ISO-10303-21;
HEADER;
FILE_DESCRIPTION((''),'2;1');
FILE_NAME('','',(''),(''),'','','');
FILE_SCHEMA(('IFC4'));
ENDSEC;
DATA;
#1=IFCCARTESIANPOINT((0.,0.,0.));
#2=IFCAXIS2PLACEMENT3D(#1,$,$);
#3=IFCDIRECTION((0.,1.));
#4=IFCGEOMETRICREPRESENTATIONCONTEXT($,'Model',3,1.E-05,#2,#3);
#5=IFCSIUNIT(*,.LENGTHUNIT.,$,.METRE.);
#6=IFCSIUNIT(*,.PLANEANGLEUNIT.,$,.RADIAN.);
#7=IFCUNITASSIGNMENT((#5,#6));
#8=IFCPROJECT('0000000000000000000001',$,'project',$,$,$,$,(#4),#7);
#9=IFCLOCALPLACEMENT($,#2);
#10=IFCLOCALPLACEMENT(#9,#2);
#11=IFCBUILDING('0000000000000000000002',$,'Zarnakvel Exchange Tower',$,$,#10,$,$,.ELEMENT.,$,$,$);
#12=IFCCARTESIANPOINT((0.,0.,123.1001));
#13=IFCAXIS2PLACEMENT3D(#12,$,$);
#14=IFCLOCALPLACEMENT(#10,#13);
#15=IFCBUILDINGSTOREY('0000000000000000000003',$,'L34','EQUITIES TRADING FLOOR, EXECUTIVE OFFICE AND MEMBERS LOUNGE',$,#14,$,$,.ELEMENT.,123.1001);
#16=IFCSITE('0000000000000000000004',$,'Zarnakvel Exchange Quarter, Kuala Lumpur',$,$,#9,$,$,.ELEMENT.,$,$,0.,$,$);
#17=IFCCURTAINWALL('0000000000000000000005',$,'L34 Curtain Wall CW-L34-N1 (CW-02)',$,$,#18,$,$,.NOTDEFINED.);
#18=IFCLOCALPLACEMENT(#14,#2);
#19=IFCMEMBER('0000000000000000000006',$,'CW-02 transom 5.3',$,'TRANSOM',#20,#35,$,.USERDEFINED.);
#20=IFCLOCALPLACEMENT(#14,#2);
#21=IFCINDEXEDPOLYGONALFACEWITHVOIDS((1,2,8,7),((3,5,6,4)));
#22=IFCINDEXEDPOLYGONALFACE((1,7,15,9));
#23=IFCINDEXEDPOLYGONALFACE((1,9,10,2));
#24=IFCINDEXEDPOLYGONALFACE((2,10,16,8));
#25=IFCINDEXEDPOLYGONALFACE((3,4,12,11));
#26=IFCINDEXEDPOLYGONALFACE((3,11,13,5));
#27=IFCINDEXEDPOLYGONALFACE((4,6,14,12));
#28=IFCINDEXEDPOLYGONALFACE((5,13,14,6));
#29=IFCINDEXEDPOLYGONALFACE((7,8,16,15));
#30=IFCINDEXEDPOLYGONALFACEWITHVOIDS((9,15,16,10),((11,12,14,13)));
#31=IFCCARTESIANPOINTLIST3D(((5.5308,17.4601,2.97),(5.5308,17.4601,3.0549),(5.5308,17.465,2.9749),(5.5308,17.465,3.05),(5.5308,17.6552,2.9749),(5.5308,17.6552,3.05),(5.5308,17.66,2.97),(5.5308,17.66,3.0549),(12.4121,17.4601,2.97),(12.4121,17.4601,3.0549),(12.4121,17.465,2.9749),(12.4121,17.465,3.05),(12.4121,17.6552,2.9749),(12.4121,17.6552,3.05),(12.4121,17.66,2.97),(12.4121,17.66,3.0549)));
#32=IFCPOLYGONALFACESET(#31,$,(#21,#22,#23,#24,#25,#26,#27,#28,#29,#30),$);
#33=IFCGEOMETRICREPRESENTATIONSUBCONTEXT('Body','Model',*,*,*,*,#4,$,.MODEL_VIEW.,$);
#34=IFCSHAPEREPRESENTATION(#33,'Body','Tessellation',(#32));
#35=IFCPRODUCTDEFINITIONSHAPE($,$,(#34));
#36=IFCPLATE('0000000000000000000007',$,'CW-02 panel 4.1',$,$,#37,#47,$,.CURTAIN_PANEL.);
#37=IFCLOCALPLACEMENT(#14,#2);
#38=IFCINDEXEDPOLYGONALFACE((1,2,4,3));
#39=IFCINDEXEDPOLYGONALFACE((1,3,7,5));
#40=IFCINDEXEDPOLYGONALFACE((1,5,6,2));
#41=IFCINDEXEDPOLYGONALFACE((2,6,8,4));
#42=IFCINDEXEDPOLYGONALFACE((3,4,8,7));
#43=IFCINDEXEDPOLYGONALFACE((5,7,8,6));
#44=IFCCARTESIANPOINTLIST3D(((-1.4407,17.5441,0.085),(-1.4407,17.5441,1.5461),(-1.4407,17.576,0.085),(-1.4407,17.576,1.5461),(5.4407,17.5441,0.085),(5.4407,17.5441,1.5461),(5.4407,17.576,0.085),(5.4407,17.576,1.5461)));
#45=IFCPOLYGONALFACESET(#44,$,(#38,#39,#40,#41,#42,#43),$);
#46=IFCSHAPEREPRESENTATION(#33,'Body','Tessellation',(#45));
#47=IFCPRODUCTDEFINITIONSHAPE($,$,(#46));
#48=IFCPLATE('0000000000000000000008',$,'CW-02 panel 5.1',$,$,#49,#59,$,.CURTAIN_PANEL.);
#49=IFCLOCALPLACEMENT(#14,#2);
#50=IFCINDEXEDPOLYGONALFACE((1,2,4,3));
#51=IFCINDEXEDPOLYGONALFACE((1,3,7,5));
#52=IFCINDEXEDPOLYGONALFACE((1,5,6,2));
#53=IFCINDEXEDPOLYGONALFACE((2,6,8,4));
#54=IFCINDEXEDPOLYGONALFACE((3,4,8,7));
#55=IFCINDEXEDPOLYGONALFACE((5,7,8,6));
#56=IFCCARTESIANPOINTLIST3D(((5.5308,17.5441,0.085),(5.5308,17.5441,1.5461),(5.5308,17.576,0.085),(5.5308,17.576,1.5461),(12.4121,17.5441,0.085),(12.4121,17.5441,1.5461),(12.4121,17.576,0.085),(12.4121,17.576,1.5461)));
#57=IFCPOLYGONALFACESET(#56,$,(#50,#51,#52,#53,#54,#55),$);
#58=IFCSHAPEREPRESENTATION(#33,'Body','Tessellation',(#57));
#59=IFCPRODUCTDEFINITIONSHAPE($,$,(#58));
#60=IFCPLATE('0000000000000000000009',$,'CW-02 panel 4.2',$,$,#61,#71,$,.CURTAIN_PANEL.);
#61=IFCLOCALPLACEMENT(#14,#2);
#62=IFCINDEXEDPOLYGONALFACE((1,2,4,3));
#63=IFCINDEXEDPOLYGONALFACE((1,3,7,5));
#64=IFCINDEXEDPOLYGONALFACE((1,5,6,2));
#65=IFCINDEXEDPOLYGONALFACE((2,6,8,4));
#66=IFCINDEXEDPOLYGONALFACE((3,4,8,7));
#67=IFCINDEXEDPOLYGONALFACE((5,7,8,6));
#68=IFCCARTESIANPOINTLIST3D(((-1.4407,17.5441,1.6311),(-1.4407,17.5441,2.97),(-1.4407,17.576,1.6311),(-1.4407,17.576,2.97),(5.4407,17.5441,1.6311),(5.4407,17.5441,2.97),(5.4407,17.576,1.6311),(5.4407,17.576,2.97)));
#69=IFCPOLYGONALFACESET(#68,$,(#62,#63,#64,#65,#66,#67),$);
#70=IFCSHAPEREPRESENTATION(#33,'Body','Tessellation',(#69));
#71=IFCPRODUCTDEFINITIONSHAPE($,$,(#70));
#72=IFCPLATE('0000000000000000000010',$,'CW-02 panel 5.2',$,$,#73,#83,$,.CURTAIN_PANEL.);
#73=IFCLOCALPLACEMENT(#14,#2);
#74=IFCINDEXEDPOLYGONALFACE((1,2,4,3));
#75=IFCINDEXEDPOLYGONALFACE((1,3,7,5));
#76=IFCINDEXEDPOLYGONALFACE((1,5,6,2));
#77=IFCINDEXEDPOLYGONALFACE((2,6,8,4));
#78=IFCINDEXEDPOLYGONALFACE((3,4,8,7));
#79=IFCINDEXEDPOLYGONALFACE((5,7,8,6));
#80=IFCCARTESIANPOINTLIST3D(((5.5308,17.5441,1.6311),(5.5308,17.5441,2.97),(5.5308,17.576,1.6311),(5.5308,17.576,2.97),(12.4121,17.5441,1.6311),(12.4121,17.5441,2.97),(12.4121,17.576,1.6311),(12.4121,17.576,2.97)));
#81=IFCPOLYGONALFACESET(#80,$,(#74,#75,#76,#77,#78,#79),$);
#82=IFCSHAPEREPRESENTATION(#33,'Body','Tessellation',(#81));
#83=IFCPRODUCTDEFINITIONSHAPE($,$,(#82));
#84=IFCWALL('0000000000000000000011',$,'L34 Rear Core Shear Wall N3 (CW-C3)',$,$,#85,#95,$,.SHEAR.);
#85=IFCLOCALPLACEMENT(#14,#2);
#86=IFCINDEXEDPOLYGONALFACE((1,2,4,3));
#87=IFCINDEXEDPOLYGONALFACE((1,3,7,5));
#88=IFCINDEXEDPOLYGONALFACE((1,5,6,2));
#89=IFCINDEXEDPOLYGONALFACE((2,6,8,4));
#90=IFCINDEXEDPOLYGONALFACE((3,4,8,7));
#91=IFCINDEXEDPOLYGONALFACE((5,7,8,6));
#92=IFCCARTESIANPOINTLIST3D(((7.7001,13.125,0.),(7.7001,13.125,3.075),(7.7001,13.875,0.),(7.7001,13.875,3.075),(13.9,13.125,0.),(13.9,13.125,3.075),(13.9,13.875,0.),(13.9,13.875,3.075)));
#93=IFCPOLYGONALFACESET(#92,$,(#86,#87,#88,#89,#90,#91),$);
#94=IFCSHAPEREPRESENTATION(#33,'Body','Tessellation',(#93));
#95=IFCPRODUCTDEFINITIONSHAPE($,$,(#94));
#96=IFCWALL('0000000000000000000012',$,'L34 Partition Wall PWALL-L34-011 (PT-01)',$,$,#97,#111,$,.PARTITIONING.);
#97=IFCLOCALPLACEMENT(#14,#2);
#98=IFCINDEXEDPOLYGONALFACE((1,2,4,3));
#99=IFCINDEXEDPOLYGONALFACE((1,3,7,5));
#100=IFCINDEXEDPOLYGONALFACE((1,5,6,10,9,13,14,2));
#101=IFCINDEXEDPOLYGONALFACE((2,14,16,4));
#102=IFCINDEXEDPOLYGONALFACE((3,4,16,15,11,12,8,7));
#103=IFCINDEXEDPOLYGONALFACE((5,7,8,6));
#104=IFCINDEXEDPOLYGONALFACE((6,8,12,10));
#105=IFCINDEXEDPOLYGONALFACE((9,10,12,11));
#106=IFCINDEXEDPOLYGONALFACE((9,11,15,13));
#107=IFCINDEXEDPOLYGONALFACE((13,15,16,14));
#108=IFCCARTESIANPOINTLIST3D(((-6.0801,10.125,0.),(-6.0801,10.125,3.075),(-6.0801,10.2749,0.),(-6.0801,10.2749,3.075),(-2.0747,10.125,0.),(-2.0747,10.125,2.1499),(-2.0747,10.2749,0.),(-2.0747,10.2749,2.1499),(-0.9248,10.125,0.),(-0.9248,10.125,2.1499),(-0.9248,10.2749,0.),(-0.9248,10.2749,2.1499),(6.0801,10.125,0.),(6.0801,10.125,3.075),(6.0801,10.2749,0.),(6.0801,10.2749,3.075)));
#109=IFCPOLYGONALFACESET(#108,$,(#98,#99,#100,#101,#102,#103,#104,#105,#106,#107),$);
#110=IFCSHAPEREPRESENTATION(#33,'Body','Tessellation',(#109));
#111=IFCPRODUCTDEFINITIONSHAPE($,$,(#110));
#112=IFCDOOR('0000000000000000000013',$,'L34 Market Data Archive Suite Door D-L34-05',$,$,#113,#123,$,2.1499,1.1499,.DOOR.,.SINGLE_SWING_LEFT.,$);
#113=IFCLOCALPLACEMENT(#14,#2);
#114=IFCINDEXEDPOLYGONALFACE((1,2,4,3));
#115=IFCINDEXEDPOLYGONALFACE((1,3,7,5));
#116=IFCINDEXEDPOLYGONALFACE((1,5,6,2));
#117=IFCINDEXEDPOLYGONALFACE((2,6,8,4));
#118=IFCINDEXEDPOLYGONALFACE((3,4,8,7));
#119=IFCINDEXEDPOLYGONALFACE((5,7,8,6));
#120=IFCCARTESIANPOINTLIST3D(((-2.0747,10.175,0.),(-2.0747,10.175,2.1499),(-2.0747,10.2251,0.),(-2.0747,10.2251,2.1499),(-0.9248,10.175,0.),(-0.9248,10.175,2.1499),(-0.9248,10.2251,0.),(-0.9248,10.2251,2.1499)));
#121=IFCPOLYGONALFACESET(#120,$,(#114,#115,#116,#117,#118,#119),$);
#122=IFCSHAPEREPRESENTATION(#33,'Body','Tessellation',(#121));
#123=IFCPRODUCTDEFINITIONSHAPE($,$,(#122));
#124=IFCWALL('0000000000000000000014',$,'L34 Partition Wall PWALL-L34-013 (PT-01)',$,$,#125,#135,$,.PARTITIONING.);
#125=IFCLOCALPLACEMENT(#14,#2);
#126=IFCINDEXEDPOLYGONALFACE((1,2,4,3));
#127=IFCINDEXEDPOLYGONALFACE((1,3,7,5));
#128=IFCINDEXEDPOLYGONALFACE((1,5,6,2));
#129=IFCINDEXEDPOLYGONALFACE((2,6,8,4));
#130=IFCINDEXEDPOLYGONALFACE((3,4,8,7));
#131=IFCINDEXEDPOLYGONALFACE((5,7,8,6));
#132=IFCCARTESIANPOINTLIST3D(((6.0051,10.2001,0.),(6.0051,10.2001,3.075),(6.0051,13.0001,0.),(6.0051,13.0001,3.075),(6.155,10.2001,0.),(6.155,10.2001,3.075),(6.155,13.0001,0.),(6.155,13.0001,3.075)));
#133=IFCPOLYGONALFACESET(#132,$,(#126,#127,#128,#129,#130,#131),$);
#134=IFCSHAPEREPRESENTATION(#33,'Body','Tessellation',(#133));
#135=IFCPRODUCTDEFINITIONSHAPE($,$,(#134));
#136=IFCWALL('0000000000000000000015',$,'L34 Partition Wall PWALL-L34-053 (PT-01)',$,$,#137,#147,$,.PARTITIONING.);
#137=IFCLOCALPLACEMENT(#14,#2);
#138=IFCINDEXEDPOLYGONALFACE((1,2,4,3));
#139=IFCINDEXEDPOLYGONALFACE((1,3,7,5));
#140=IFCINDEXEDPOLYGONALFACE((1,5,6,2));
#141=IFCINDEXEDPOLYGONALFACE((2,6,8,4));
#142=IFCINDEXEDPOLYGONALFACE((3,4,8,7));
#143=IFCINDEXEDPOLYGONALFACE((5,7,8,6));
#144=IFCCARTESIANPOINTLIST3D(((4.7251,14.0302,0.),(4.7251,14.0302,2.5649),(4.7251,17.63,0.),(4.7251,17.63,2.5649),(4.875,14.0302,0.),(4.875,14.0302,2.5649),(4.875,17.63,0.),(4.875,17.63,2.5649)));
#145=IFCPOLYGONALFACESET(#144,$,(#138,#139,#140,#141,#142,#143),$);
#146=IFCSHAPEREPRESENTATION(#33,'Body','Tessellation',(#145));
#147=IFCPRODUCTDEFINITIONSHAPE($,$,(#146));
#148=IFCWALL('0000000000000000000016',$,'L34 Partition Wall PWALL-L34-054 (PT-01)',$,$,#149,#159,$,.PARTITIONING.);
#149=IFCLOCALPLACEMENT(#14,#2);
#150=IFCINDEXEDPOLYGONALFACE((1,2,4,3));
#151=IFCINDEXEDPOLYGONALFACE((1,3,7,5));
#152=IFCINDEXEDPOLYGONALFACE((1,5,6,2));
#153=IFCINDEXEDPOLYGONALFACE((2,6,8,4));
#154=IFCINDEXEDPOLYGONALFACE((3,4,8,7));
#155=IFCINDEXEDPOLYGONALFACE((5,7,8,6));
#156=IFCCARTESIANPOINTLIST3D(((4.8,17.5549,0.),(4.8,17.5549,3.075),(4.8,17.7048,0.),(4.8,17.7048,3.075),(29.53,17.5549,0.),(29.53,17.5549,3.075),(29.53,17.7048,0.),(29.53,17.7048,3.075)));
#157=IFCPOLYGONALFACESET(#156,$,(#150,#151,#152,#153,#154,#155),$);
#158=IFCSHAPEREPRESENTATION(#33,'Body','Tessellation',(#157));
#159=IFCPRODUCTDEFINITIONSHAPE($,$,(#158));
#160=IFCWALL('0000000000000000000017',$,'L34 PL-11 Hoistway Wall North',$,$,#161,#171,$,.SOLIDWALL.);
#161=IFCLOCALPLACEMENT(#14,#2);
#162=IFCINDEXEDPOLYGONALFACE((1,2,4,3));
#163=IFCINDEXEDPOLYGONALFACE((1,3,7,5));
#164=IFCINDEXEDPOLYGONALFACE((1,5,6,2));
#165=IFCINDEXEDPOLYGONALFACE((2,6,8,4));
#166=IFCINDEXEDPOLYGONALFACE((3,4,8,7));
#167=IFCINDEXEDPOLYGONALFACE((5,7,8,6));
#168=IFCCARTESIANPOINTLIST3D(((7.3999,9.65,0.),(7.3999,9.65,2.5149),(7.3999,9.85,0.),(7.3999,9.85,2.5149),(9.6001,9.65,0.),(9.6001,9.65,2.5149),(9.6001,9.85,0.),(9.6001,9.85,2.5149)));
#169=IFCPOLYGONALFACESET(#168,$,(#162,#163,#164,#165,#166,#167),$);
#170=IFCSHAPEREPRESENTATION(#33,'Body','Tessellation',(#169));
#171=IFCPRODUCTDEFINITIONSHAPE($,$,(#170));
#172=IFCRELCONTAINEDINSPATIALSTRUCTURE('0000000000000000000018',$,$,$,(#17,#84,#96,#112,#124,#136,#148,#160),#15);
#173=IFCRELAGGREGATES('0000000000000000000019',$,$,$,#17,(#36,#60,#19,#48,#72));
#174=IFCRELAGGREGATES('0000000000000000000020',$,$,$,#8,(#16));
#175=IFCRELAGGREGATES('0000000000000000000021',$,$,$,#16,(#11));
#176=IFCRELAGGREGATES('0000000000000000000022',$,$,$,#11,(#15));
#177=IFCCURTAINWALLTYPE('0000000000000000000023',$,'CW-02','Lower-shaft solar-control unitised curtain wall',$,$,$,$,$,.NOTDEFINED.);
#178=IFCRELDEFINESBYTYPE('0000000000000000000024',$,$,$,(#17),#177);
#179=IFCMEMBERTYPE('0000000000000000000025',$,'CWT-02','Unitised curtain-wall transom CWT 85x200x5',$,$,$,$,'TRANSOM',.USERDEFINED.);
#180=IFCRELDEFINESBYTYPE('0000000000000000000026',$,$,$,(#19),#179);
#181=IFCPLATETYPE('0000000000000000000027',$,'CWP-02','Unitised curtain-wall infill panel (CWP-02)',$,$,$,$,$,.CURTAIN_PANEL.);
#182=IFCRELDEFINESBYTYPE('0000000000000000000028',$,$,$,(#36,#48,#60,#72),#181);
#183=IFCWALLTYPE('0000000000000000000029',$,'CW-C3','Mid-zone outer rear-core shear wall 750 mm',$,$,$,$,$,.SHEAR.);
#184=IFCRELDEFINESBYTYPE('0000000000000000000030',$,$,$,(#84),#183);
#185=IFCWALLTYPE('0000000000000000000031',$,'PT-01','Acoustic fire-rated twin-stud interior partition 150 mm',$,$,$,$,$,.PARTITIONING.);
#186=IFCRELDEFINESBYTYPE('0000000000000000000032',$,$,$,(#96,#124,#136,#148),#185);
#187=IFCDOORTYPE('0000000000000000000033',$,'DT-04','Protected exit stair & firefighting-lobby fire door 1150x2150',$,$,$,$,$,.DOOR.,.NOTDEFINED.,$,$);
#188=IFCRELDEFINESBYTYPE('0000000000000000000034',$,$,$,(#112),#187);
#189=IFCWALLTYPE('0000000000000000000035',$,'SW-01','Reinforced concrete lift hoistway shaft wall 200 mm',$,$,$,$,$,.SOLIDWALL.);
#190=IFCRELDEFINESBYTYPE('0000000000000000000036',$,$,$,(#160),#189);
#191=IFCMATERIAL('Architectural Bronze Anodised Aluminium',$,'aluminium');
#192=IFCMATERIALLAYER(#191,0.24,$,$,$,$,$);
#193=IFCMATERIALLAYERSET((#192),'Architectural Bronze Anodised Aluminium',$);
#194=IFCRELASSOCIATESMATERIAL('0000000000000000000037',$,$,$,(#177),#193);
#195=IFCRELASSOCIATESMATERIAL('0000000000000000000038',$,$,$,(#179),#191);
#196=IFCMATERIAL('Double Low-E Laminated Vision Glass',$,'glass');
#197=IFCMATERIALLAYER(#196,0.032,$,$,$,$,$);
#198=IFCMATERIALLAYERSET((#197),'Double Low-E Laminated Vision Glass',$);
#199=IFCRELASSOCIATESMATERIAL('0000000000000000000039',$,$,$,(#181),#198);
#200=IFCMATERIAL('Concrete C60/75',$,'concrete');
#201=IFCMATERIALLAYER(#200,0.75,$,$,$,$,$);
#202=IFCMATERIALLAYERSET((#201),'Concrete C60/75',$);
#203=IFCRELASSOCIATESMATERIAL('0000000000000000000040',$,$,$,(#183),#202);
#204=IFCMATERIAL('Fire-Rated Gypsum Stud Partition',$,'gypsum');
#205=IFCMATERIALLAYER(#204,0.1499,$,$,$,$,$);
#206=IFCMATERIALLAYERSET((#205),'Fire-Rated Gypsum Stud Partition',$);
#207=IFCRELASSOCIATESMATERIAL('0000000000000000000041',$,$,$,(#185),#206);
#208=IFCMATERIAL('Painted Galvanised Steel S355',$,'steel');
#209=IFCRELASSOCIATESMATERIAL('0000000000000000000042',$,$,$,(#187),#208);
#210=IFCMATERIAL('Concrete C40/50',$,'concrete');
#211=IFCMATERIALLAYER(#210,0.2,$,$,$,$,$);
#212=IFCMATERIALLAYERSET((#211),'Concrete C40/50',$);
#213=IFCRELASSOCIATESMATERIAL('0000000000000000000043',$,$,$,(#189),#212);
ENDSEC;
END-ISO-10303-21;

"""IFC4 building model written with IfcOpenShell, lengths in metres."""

from ifc_helpers import new_model, si_unit, direction, frame, frame_2d, origin, origin_2d, place, context, subcontext, project, spatial, rectangle, hollow_rectangle, extrude, source, transform, mapped, material, layer, layer_set, material_profile, profile_set, type_object, element, fill, aggregate, save


model = new_model("IFC4")

# Units and contexts
model_context = context("Model", 3, precision=1e-05, world=origin(), true_north=direction((0.0, 1.0)))
body_context = subcontext(model_context, "Body", "Model", "MODEL_VIEW")
ifc_project = project(units=[si_unit("LENGTHUNIT", "METRE"), si_unit("PLANEANGLEUNIT", "RADIAN")], contexts=[model_context])

# Site, building, storey
site_placement = place(None, origin())
site = spatial("IfcSite", under=ifc_project, at=site_placement, Name="Zarnakvel Exchange Quarter, Kuala Lumpur", CompositionType="ELEMENT", RefElevation=0.0)
building_placement = place(site_placement, origin())
building = spatial("IfcBuilding", under=site, at=building_placement, Name="Zarnakvel Exchange Tower", CompositionType="ELEMENT")
storey_placement = place(building_placement, frame((0.0, 0.0, 123.1001)))
storey = spatial("IfcBuildingStorey", under=building, at=storey_placement, Name="L34", Description="EQUITIES TRADING FLOOR, EXECUTIVE OFFICE AND MEMBERS LOUNGE", CompositionType="ELEMENT", Elevation=123.1001)

# Shared definitions
ifc_material_1 = material(Name="Concrete C60/75", Category="concrete")

# Curtain wall, member, plates
ifc_material_2 = material(Name="Architectural Bronze Anodised Aluminium", Category="aluminium")
ifc_layer_1 = layer(ifc_material_2, 0.24)
ifc_layer_set_1 = layer_set([ifc_layer_1], Name="Architectural Bronze Anodised Aluminium")
curtain_wall_type = type_object("IfcCurtainWallType", Name="CW-02", Description="Lower-shaft solar-control unitised curtain wall", PredefinedType="NOTDEFINED", material=ifc_layer_set_1)
curtain_wall_placement = place(storey_placement, origin())
curtain_wall = element("IfcCurtainWall", 1, at=curtain_wall_placement, inside=storey, type_object=curtain_wall_type, Name="L34 Curtain Wall CW-L34-N1 (CW-02)", PredefinedType="NOTDEFINED")
ifc_material_profile_1 = material_profile(ifc_material_2, hollow_rectangle(XDim=0.2, YDim=0.085, WallThickness=0.0049, at=origin_2d()))
ifc_profile_set_1 = profile_set([ifc_material_profile_1], Name="Architectural Bronze Anodised Aluminium")
member_type_1 = type_object("IfcMemberType", Name="CWT-02", Description="Unitised curtain-wall transom CWT 85x200x5", ElementType="TRANSOM", PredefinedType="USERDEFINED", material=ifc_profile_set_1)
shared_shape_1 = source(origin(), body_context, "Body", "SweptSolid", [
    extrude(hollow_rectangle(XDim=0.2, YDim=0.085, WallThickness=0.0049, at=origin_2d()), origin(), (0.0, 0.0, 1.0), 6.8813),
])
member_1_placement = place(storey_placement, frame((5.5308, 17.5601, 3.0125), z_axis=(1.0, 0.0, 0.0), x_axis=(0.0, 1.0, 0.0)))
member_1 = element("IfcMember", 2, at=member_1_placement, type_object=member_type_1, Name="CW-02 transom 5.3", ObjectType="TRANSOM", PredefinedType="USERDEFINED", context=body_context, shape_type="MappedRepresentation", body=[
    mapped(shared_shape_1, transform((0.0, 0.0, 0.0), x_axis=(1.0, 0.0, 0.0), y_axis=(0.0, 1.0, 0.0), z_axis=(0.0, 0.0, 1.0), scale=1.0)),
])
ifc_material_3 = material(Name="Double Low-E Laminated Vision Glass", Category="glass")
ifc_layer_2 = layer(ifc_material_3, 0.032)
ifc_layer_set_2 = layer_set([ifc_layer_2], Name="Double Low-E Laminated Vision Glass")
plate_type = type_object("IfcPlateType", Name="CWP-02", Description="Unitised curtain-wall infill panel (CWP-02)", PredefinedType="CURTAIN_PANEL", material=ifc_layer_set_2)
shared_shape_2 = source(origin(), body_context, "Body", "SweptSolid", [
    extrude(rectangle(XDim=6.8813, YDim=0.032, at=origin_2d()), origin(), (0.0, 0.0, 1.0), 1.4612),
])
plate_1_placement = place(storey_placement, frame((2.0, 17.5601, 0.085), z_axis=(0.0, 0.0, 1.0), x_axis=(1.0, 0.0, 0.0)))
plate_1 = element("IfcPlate", 3, at=plate_1_placement, type_object=plate_type, Name="CW-02 panel 4.1", PredefinedType="CURTAIN_PANEL", context=body_context, shape_type="MappedRepresentation", body=[
    mapped(shared_shape_2, transform((0.0, 0.0, 0.0), x_axis=(1.0, 0.0, 0.0), y_axis=(0.0, 1.0, 0.0), z_axis=(0.0, 0.0, 1.0), scale=1.0)),
])
plate_2_placement = place(storey_placement, frame((8.9714, 17.5601, 0.085), z_axis=(0.0, 0.0, 1.0), x_axis=(1.0, 0.0, 0.0)))
plate_2 = element("IfcPlate", 4, at=plate_2_placement, type_object=plate_type, Name="CW-02 panel 5.1", PredefinedType="CURTAIN_PANEL", context=body_context, shape_type="MappedRepresentation", body=[
    mapped(shared_shape_2, transform((0.0, 0.0, 0.0), x_axis=(1.0, 0.0, 0.0), y_axis=(0.0, 1.0, 0.0), z_axis=(0.0, 0.0, 1.0), scale=1.0)),
])
shared_shape_3 = source(origin(), body_context, "Body", "SweptSolid", [
    extrude(rectangle(XDim=6.8813, YDim=0.032, at=origin_2d()), origin(), (0.0, 0.0, 1.0), 1.3389),
])
plate_3_placement = place(storey_placement, frame((2.0, 17.5601, 1.6311), z_axis=(0.0, 0.0, 1.0), x_axis=(1.0, 0.0, 0.0)))
plate_3 = element("IfcPlate", 5, at=plate_3_placement, type_object=plate_type, Name="CW-02 panel 4.2", PredefinedType="CURTAIN_PANEL", context=body_context, shape_type="MappedRepresentation", body=[
    mapped(shared_shape_3, transform((0.0, 0.0, 0.0), x_axis=(1.0, 0.0, 0.0), y_axis=(0.0, 1.0, 0.0), z_axis=(0.0, 0.0, 1.0), scale=1.0)),
])
plate_4_placement = place(storey_placement, frame((8.9714, 17.5601, 1.6311), z_axis=(0.0, 0.0, 1.0), x_axis=(1.0, 0.0, 0.0)))
plate_4 = element("IfcPlate", 6, at=plate_4_placement, type_object=plate_type, Name="CW-02 panel 5.2", PredefinedType="CURTAIN_PANEL", context=body_context, shape_type="MappedRepresentation", body=[
    mapped(shared_shape_3, transform((0.0, 0.0, 0.0), x_axis=(1.0, 0.0, 0.0), y_axis=(0.0, 1.0, 0.0), z_axis=(0.0, 0.0, 1.0), scale=1.0)),
])
aggregate(curtain_wall, [plate_1, plate_3, member_1, plate_2, plate_4])

# Wall
ifc_layer_3 = layer(ifc_material_1, 0.75)
ifc_layer_set_3 = layer_set([ifc_layer_3], Name="Concrete C60/75")
wall_type_1 = type_object("IfcWallType", Name="CW-C3", Description="Mid-zone outer rear-core shear wall 750 mm", PredefinedType="SHEAR", material=ifc_layer_set_3)
wall_1_placement = place(storey_placement, frame((7.7, 13.5, 0.0), z_axis=(0.0, 0.0, 1.0), x_axis=(1.0, 0.0, 0.0)))
element("IfcWall", 7, at=wall_1_placement, inside=storey, type_object=wall_type_1, Name="L34 Rear Core Shear Wall N3 (CW-C3)", PredefinedType="SHEAR", context=body_context, shape_type="SweptSolid", body=[
    extrude(rectangle(XDim=6.2, YDim=0.75, at=frame_2d((3.1001, 0.0))), origin(), (0.0, 0.0, 1.0), 3.075),
])

# Wall, opening, door
ifc_material_4 = material(Name="Fire-Rated Gypsum Stud Partition", Category="gypsum")
ifc_layer_4 = layer(ifc_material_4, 0.1499)
ifc_layer_set_4 = layer_set([ifc_layer_4], Name="Fire-Rated Gypsum Stud Partition")
wall_type_2 = type_object("IfcWallType", Name="PT-01", Description="Acoustic fire-rated twin-stud interior partition 150 mm", PredefinedType="PARTITIONING", material=ifc_layer_set_4)
wall_2_placement = place(storey_placement, frame((6.0801, 10.2, 0.0), z_axis=(0.0, 0.0, 1.0), x_axis=(-1.0, 0.0, 0.0)))
wall_2 = element("IfcWall", 8, at=wall_2_placement, inside=storey, type_object=wall_type_2, Name="L34 Partition Wall PWALL-L34-011 (PT-01)", PredefinedType="PARTITIONING", context=body_context, shape_type="SweptSolid", body=[
    extrude(rectangle(XDim=12.1602, YDim=0.1499, at=frame_2d((6.0801, 0.0))), origin(), (0.0, 0.0, 1.0), 3.075),
])
opening_placement = place(wall_2_placement, frame((7.0049, 0.0, 0.0)))
opening = element("IfcOpeningElement", 9, at=opening_placement, cuts=wall_2, PredefinedType="OPENING", context=body_context, shape_type="SweptSolid", body=[
    extrude(rectangle(XDim=1.1499, YDim=2.1499, at=frame_2d((0.575, 1.075))), frame((0.0, 0.085, 0.0), z_axis=(0.0, -1.0, 0.0), x_axis=(1.0, 0.0, 0.0)), (0.0, 0.0, 1.0), 0.1699),
])
ifc_material_5 = material(Name="Painted Galvanised Steel S355", Category="steel")
door_type = type_object("IfcDoorType", Name="DT-04", Description="Protected exit stair & firefighting-lobby fire door 1150x2150", OperationType="NOTDEFINED", PredefinedType="DOOR", material=ifc_material_5)
shared_shape_4 = source(origin(), body_context, "Body", "SweptSolid", [
    extrude(rectangle(XDim=1.1499, YDim=2.1499, at=frame_2d((0.575, 1.075))), frame((0.0, 0.0249, 0.0), z_axis=(0.0, -1.0, 0.0), x_axis=(1.0, 0.0, 0.0)), (0.0, 0.0, 1.0), 0.05),
])
door_placement = place(opening_placement, origin())
door = element("IfcDoor", 10, at=door_placement, inside=storey, type_object=door_type, Name="L34 Market Data Archive Suite Door D-L34-05", OperationType="SINGLE_SWING_LEFT", OverallHeight=2.1499, OverallWidth=1.1499, PredefinedType="DOOR", context=body_context, shape_type="MappedRepresentation", body=[
    mapped(shared_shape_4, transform((0.0, 0.0, 0.0), x_axis=(1.0, 0.0, 0.0), y_axis=(0.0, 1.0, 0.0), z_axis=(0.0, 0.0, 1.0), scale=1.0)),
])
fill(opening, door)

# Walls
wall_3_placement = place(storey_placement, frame((6.0801, 13.0, 0.0), z_axis=(0.0, 0.0, 1.0), x_axis=(0.0, -1.0, 0.0)))
element("IfcWall", 11, at=wall_3_placement, inside=storey, type_object=wall_type_2, Name="L34 Partition Wall PWALL-L34-013 (PT-01)", PredefinedType="PARTITIONING", context=body_context, shape_type="SweptSolid", body=[
    extrude(rectangle(XDim=2.8, YDim=0.1499, at=frame_2d((1.3999, 0.0))), origin(), (0.0, 0.0, 1.0), 3.075),
])
wall_4_placement = place(storey_placement, frame((4.8, 17.6299, 0.0), z_axis=(0.0, 0.0, 1.0), x_axis=(0.0, -1.0, 0.0)))
element("IfcWall", 12, at=wall_4_placement, inside=storey, type_object=wall_type_2, Name="L34 Partition Wall PWALL-L34-053 (PT-01)", PredefinedType="PARTITIONING", context=body_context, shape_type="SweptSolid", body=[
    extrude(rectangle(XDim=3.5999, YDim=0.1499, at=frame_2d((1.7998, 0.0))), origin(), (0.0, 0.0, 1.0), 2.5649),
])
wall_5_placement = place(storey_placement, frame((4.8, 17.6299, 0.0), z_axis=(0.0, 0.0, 1.0), x_axis=(1.0, 0.0, 0.0)))
element("IfcWall", 13, at=wall_5_placement, inside=storey, type_object=wall_type_2, Name="L34 Partition Wall PWALL-L34-054 (PT-01)", PredefinedType="PARTITIONING", context=body_context, shape_type="SweptSolid", body=[
    extrude(rectangle(XDim=24.73, YDim=0.1499, at=frame_2d((12.365, 0.0))), origin(), (0.0, 0.0, 1.0), 3.075),
])
ifc_material_6 = material(Name="Concrete C40/50", Category="concrete")
ifc_layer_5 = layer(ifc_material_6, 0.2)
ifc_layer_set_5 = layer_set([ifc_layer_5], Name="Concrete C40/50")
wall_type_3 = type_object("IfcWallType", Name="SW-01", Description="Reinforced concrete lift hoistway shaft wall 200 mm", PredefinedType="SOLIDWALL", material=ifc_layer_set_5)
wall_6_placement = place(storey_placement, frame((7.3999, 9.75, 0.0), z_axis=(0.0, 0.0, 1.0), x_axis=(1.0, 0.0, 0.0)))
element("IfcWall", 14, at=wall_6_placement, inside=storey, type_object=wall_type_3, Name="L34 PL-11 Hoistway Wall North", PredefinedType="SOLIDWALL", context=body_context, shape_type="SweptSolid", body=[
    extrude(rectangle(XDim=2.2002, YDim=0.2, at=frame_2d((1.1001, 0.0))), origin(), (0.0, 0.0, 1.0), 2.5149),
])

save(model, "model.ifc")
